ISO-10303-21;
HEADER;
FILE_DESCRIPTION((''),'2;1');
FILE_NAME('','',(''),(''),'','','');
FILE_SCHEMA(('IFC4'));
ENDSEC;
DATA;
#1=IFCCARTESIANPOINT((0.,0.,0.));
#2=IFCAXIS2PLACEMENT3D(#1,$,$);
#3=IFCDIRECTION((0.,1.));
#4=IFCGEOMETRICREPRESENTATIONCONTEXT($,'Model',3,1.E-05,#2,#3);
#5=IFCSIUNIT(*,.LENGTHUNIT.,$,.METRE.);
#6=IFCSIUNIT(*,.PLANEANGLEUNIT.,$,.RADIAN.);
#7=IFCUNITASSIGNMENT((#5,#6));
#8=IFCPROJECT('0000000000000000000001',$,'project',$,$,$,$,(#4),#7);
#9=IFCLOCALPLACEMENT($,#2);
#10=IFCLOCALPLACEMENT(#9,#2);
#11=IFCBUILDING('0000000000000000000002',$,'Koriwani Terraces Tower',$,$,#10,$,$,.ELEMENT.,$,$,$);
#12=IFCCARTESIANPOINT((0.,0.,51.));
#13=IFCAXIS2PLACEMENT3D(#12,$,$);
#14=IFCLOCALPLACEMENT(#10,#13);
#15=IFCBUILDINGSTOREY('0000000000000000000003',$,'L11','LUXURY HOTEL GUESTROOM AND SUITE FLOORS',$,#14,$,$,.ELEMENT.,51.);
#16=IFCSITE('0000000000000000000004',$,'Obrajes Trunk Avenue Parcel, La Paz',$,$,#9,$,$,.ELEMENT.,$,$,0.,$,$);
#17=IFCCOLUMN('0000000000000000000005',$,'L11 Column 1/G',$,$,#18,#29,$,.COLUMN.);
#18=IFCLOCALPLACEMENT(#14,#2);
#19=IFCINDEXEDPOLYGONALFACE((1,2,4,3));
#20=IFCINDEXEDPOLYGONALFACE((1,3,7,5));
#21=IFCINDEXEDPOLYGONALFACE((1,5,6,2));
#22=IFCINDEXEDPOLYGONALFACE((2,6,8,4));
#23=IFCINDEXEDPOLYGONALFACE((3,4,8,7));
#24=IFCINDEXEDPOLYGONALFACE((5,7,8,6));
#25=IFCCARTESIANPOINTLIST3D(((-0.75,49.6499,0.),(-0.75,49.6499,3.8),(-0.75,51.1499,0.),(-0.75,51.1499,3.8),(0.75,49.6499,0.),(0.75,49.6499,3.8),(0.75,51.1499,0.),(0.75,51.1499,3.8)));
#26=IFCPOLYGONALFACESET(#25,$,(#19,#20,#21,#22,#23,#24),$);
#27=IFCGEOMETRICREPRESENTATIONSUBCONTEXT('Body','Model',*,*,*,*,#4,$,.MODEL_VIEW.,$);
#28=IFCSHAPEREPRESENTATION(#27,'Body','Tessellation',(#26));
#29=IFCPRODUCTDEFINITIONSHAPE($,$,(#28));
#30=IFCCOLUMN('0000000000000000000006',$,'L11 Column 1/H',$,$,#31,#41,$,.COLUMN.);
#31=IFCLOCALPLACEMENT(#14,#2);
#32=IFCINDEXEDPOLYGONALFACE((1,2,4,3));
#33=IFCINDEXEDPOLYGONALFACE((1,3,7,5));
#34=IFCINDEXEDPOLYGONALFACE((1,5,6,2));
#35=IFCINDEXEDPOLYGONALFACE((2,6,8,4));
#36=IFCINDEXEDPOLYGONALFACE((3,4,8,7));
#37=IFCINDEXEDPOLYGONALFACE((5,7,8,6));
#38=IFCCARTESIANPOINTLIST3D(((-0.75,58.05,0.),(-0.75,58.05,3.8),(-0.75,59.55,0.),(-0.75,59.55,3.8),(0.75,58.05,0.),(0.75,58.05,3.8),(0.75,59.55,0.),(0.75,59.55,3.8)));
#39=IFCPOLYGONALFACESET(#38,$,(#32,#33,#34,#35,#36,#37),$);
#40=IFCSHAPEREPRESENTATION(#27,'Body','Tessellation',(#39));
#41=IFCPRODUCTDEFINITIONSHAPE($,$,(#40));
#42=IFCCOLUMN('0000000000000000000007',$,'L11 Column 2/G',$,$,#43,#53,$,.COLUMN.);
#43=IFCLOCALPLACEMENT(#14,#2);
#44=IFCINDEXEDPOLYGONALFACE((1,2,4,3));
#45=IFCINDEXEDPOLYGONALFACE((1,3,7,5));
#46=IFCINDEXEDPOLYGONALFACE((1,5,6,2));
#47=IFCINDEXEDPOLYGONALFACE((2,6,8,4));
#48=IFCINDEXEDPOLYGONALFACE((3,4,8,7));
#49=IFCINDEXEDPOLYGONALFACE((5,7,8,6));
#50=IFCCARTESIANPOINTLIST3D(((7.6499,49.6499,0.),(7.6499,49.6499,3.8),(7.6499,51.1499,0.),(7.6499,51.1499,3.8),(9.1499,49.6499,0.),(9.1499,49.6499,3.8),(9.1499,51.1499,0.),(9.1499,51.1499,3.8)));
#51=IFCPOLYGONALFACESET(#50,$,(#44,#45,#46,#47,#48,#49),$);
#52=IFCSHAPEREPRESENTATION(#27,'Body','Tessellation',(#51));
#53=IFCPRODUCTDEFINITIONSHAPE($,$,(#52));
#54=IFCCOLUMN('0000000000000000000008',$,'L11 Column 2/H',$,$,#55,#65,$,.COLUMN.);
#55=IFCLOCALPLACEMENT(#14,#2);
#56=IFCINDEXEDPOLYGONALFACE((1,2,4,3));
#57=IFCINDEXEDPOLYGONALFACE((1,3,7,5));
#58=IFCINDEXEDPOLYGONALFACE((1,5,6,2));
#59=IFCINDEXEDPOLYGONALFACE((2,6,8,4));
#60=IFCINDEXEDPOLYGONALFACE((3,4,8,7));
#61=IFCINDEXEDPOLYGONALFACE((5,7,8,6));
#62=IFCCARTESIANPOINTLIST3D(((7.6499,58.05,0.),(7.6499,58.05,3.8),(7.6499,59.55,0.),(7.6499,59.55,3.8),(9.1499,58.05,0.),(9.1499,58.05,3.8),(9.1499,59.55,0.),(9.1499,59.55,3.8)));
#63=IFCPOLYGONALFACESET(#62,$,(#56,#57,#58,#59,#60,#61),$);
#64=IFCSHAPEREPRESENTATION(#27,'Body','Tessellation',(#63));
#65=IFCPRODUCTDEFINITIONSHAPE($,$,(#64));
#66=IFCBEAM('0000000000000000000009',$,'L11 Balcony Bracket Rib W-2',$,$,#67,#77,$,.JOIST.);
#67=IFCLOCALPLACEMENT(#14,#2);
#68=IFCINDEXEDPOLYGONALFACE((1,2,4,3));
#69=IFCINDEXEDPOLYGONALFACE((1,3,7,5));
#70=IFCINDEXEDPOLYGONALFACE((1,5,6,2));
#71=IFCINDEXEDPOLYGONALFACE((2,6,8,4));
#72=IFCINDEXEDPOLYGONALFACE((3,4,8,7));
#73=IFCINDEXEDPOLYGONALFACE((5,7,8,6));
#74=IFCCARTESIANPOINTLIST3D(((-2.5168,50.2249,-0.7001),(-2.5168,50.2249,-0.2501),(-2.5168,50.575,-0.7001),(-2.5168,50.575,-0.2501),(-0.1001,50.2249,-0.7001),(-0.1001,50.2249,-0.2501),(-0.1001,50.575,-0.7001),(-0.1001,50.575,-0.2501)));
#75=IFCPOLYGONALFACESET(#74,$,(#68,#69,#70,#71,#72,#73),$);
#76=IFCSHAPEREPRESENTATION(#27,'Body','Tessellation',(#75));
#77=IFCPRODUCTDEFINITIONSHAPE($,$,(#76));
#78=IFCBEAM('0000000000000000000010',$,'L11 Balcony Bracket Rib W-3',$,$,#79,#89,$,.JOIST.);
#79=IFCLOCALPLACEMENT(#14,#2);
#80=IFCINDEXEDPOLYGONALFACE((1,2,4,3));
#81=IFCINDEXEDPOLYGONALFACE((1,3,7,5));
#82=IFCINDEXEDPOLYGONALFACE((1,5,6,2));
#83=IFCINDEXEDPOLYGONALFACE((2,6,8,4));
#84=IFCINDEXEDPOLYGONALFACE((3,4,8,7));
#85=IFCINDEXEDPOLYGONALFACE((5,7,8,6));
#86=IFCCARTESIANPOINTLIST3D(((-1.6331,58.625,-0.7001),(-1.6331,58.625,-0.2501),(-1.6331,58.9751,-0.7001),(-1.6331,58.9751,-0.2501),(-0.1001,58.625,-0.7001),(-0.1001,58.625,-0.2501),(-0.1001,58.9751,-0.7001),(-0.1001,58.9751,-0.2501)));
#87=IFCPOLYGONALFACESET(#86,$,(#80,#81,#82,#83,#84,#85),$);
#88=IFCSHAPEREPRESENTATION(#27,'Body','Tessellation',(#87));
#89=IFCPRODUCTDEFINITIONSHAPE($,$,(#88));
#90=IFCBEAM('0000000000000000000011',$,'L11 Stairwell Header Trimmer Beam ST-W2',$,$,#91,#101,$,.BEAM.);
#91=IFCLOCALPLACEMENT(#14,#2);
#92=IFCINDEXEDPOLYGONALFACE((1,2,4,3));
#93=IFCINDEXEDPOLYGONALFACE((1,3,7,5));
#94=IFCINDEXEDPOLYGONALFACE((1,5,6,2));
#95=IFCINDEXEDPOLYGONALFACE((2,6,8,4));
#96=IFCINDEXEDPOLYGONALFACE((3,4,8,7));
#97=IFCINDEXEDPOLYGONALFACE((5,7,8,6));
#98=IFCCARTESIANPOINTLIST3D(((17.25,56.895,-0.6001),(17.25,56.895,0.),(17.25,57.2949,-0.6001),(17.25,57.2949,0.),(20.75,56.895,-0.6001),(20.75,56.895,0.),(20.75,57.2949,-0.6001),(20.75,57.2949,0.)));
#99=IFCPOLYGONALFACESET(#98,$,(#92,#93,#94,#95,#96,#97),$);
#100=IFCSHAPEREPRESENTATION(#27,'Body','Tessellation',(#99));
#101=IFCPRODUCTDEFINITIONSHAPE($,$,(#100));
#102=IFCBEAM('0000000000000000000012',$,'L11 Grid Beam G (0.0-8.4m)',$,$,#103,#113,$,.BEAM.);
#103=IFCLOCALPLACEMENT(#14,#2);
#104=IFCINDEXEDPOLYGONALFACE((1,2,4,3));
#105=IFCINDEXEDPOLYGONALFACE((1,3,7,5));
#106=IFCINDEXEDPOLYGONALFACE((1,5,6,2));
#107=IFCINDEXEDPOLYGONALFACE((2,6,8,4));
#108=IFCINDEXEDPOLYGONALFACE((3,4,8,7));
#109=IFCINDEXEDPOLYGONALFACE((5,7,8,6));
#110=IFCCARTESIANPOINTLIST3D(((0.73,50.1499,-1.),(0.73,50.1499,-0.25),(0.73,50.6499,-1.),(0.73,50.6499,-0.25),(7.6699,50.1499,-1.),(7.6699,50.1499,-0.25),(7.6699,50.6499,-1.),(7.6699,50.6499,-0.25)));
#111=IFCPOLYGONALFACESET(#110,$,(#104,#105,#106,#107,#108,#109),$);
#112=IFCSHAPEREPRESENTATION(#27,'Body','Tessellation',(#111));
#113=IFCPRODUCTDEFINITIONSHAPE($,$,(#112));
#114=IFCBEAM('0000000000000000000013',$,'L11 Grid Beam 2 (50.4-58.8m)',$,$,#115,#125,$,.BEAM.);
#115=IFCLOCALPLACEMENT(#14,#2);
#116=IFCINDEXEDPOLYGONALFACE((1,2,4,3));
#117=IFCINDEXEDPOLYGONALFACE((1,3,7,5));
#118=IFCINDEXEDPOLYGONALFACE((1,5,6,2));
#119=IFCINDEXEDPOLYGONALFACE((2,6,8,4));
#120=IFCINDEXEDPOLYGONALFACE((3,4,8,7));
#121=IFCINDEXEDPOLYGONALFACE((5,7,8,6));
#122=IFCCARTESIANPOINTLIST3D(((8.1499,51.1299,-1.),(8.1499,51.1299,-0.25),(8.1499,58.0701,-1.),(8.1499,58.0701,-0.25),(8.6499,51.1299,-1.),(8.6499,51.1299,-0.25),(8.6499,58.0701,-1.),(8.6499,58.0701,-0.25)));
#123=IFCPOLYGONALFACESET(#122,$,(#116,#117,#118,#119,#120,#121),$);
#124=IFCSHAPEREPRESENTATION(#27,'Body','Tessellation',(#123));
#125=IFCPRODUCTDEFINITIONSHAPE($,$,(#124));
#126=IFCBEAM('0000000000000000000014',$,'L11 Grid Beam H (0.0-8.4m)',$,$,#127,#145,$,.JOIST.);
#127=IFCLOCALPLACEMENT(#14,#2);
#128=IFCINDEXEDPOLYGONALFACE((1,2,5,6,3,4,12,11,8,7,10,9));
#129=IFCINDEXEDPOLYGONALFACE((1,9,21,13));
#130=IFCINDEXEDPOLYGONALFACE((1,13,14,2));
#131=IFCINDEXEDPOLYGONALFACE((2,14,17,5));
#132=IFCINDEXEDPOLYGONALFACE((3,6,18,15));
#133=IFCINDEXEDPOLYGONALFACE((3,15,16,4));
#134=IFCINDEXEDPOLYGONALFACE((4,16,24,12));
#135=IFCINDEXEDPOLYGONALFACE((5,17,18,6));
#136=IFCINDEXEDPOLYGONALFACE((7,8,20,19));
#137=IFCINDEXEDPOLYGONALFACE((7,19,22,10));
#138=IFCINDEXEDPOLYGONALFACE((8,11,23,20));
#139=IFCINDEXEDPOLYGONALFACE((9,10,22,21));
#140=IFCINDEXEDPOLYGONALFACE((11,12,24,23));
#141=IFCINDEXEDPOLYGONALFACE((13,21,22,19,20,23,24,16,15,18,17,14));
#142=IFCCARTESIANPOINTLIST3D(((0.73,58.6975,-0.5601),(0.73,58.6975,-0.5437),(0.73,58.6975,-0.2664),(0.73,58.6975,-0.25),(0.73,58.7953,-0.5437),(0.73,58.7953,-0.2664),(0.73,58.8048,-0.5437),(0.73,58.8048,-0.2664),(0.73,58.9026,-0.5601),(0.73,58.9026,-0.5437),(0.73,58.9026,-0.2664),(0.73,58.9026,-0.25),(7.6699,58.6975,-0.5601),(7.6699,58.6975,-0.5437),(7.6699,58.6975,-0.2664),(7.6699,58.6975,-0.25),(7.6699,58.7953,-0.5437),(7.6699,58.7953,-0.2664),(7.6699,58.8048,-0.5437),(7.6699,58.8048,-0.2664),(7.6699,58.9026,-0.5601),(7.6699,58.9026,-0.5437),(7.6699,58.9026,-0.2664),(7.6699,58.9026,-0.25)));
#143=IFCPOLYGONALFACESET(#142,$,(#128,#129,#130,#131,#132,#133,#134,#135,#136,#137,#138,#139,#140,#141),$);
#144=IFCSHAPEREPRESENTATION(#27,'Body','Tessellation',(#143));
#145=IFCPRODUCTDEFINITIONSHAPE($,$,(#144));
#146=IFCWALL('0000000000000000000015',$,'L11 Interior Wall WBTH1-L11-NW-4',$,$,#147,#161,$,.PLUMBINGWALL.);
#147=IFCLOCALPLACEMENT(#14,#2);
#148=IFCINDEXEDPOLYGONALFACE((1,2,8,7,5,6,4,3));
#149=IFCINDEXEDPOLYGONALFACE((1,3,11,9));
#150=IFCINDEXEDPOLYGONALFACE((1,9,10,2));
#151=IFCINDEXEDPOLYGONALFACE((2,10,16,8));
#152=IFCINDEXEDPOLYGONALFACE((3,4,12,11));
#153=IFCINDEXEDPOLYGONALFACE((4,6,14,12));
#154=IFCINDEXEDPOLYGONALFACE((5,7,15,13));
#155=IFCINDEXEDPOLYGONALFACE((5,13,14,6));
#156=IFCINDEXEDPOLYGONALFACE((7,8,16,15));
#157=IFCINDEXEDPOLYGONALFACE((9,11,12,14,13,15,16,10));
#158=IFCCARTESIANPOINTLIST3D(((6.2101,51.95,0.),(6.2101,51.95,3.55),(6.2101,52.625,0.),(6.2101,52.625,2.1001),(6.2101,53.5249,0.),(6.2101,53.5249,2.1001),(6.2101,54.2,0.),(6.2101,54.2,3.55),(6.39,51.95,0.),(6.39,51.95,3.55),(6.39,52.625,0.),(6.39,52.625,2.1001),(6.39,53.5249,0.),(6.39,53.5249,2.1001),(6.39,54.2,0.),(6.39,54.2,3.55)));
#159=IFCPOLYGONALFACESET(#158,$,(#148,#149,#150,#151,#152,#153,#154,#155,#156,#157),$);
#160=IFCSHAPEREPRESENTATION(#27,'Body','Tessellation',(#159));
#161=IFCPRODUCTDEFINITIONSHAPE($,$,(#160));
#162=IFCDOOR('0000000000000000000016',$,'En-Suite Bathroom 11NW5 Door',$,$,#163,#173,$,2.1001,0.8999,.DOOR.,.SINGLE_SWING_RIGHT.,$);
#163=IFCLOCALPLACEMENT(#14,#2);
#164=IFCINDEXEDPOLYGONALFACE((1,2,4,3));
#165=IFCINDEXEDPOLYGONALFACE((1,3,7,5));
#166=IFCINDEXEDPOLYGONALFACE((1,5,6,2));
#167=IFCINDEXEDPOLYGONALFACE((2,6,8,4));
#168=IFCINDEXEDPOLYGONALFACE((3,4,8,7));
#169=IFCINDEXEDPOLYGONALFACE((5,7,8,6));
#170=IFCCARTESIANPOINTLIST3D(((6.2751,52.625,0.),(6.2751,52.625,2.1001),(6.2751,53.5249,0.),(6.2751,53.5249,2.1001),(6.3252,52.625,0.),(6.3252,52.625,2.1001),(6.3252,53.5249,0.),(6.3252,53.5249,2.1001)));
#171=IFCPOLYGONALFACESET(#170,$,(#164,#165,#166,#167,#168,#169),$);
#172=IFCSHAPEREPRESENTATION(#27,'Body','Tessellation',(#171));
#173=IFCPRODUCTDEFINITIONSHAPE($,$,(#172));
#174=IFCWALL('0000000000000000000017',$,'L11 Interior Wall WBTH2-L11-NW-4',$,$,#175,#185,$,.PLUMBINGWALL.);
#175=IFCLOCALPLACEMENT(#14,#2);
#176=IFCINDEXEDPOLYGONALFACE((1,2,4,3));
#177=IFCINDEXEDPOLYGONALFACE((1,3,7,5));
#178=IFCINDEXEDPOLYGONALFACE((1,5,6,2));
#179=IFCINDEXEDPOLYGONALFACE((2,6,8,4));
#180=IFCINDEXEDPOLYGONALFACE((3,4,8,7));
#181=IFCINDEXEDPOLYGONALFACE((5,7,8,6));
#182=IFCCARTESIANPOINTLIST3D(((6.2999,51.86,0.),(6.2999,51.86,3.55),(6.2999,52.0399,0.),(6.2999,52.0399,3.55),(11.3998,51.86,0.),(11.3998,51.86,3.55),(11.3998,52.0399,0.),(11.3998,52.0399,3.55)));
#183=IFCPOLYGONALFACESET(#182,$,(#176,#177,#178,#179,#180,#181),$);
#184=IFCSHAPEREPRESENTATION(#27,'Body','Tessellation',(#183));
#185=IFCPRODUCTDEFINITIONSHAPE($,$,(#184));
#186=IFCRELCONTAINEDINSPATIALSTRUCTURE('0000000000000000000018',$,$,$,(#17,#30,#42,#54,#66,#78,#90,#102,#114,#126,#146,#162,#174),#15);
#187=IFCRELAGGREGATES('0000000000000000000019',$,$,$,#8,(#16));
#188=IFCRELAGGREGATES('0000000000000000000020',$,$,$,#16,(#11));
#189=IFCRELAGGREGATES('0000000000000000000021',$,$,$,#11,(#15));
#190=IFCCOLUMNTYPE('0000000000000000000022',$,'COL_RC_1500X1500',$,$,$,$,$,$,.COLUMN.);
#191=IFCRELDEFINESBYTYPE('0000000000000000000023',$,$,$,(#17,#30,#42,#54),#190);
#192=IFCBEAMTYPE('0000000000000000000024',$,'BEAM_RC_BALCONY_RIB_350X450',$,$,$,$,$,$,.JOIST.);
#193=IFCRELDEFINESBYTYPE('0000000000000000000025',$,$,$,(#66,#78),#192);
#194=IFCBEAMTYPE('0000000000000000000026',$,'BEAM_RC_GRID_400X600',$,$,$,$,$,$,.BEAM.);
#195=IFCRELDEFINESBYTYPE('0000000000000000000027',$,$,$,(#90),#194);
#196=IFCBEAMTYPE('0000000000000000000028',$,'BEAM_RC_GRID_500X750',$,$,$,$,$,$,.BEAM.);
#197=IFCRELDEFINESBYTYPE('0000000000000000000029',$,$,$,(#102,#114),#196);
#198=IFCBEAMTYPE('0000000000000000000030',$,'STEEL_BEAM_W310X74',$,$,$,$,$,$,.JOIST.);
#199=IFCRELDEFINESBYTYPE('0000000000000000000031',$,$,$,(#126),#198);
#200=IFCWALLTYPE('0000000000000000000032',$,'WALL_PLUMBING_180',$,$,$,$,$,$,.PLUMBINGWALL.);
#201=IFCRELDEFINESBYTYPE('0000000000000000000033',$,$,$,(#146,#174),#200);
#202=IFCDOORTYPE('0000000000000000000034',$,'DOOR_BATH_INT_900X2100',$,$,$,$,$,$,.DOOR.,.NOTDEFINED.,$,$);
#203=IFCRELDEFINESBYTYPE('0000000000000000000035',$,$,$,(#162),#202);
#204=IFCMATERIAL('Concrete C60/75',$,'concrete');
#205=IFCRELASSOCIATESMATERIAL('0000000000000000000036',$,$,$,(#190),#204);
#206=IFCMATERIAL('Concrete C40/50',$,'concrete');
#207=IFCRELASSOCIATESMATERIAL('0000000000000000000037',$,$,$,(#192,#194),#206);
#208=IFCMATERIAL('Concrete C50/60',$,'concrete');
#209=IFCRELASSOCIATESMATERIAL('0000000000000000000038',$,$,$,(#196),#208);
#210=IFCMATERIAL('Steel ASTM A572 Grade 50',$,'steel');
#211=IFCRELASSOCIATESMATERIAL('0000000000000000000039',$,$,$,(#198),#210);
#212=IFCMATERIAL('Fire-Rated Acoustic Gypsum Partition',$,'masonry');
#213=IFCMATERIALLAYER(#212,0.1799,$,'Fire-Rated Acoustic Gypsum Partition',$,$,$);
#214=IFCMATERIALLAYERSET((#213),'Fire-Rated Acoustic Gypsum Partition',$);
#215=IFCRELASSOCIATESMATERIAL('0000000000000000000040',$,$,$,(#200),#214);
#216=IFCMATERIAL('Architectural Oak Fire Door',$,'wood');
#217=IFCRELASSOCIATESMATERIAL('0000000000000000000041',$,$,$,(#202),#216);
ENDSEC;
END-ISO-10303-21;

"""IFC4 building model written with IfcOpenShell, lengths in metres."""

from ifc_helpers import new_model, si_unit, direction, frame, frame_2d, origin, origin_2d, place, context, subcontext, project, spatial, rectangle, i_section, extrude, material, layer, layer_set, material_profile, profile_set, type_object, element, fill, save


model = new_model("IFC4")

# Units and contexts
model_context = context("Model", 3, precision=1e-05, world=origin(), true_north=direction((0.0, 1.0)))
body_context = subcontext(model_context, "Body", "Model", "MODEL_VIEW")
ifc_project = project(units=[si_unit("LENGTHUNIT", "METRE"), si_unit("PLANEANGLEUNIT", "RADIAN")], contexts=[model_context])

# Site, building, storey
site_placement = place(None, origin())
site = spatial("IfcSite", under=ifc_project, at=site_placement, Name="Obrajes Trunk Avenue Parcel, La Paz", CompositionType="ELEMENT", RefElevation=0.0)
building_placement = place(site_placement, origin())
building = spatial("IfcBuilding", under=site, at=building_placement, Name="Koriwani Terraces Tower", CompositionType="ELEMENT")
storey_placement = place(building_placement, frame((0.0, 0.0, 51.0)))
storey = spatial("IfcBuildingStorey", under=building, at=storey_placement, Name="L11", Description="LUXURY HOTEL GUESTROOM AND SUITE FLOORS", CompositionType="ELEMENT", Elevation=51.0)

# Columns
ifc_material_1 = material(Name="Concrete C60/75", Category="concrete")
ifc_material_profile_1 = material_profile(ifc_material_1, rectangle(XDim=1.5, YDim=1.5, at=origin_2d()), Name="Concrete C60/75", Category="LoadBearing")
ifc_profile_set_1 = profile_set([ifc_material_profile_1], Name="Concrete C60/75")
column_type = type_object("IfcColumnType", Name="COL_RC_1500X1500", PredefinedType="COLUMN", material=ifc_profile_set_1)
for number, where, z_axis, x_axis, name in (
    (1, (0.0, 50.3999, 0.0), (0.0, 0.0, 1.0), (1.0, 0.0, 0.0), "L11 Column 1/G"),
    (2, (0.0, 58.8, 0.0), (0.0, 0.0, 1.0), (1.0, 0.0, 0.0), "L11 Column 1/H"),
    (3, (8.3999, 50.3999, 0.0), (0.0, 0.0, 1.0), (1.0, 0.0, 0.0), "L11 Column 2/G"),
    (4, (8.3999, 58.8, 0.0), (0.0, 0.0, 1.0), (1.0, 0.0, 0.0), "L11 Column 2/H"),
):
    element("IfcColumn", number, at=place(storey_placement, frame(where, z_axis=z_axis, x_axis=x_axis)), inside=storey, type_object=column_type, Name=name, PredefinedType="COLUMN", context=body_context, shape_type="SweptSolid", body=[
        extrude(rectangle(XDim=1.5, YDim=1.5, at=origin_2d()), origin(), (0.0, 0.0, 1.0), 3.8),
    ])

# Beams
ifc_material_2 = material(Name="Concrete C40/50", Category="concrete")
ifc_material_profile_2 = material_profile(ifc_material_2, rectangle(XDim=0.3501, YDim=0.45, at=origin_2d()), Name="Concrete C40/50", Category="LoadBearing")
ifc_profile_set_2 = profile_set([ifc_material_profile_2], Name="Concrete C40/50")
beam_type_1 = type_object("IfcBeamType", Name="BEAM_RC_BALCONY_RIB_350X450", PredefinedType="JOIST", material=ifc_profile_set_2)
beam_1_placement = place(storey_placement, frame((-2.5168, 50.3999, -0.4751), z_axis=(1.0, 0.0, 0.0), x_axis=(0.0, 1.0, 0.0)))
element("IfcBeam", 5, at=beam_1_placement, inside=storey, type_object=beam_type_1, Name="L11 Balcony Bracket Rib W-2", PredefinedType="JOIST", context=body_context, shape_type="SweptSolid", body=[
    extrude(rectangle(XDim=0.3501, YDim=0.45, at=origin_2d()), origin(), (0.0, 0.0, 1.0), 2.4167),
])
beam_2_placement = place(storey_placement, frame((-1.6331, 58.8, -0.4751), z_axis=(1.0, 0.0, 0.0), x_axis=(0.0, 1.0, 0.0)))
element("IfcBeam", 6, at=beam_2_placement, inside=storey, type_object=beam_type_1, Name="L11 Balcony Bracket Rib W-3", PredefinedType="JOIST", context=body_context, shape_type="SweptSolid", body=[
    extrude(rectangle(XDim=0.3501, YDim=0.45, at=origin_2d()), origin(), (0.0, 0.0, 1.0), 1.533),
])
ifc_material_profile_3 = material_profile(ifc_material_2, rectangle(XDim=0.3999, YDim=0.6001, at=origin_2d()), Name="Concrete C40/50", Category="LoadBearing")
ifc_profile_set_3 = profile_set([ifc_material_profile_3], Name="Concrete C40/50")
beam_type_2 = type_object("IfcBeamType", Name="BEAM_RC_GRID_400X600", PredefinedType="BEAM", material=ifc_profile_set_3)
beam_3_placement = place(storey_placement, frame((17.25, 57.095, -0.3), z_axis=(1.0, 0.0, 0.0), x_axis=(0.0, 1.0, 0.0)))
element("IfcBeam", 7, at=beam_3_placement, inside=storey, type_object=beam_type_2, Name="L11 Stairwell Header Trimmer Beam ST-W2", PredefinedType="BEAM", context=body_context, shape_type="SweptSolid", body=[
    extrude(rectangle(XDim=0.3999, YDim=0.6001, at=origin_2d()), origin(), (0.0, 0.0, 1.0), 3.5),
])
ifc_material_3 = material(Name="Concrete C50/60", Category="concrete")
ifc_material_profile_4 = material_profile(ifc_material_3, rectangle(XDim=0.5, YDim=0.75, at=origin_2d()), Name="Concrete C50/60", Category="LoadBearing")
ifc_profile_set_4 = profile_set([ifc_material_profile_4], Name="Concrete C50/60")
beam_type_3 = type_object("IfcBeamType", Name="BEAM_RC_GRID_500X750", PredefinedType="BEAM", material=ifc_profile_set_4)
beam_4_placement = place(storey_placement, frame((0.73, 50.3999, -0.625), z_axis=(1.0, 0.0, 0.0), x_axis=(0.0, 1.0, 0.0)))
element("IfcBeam", 8, at=beam_4_placement, inside=storey, type_object=beam_type_3, Name="L11 Grid Beam G (0.0-8.4m)", PredefinedType="BEAM", context=body_context, shape_type="SweptSolid", body=[
    extrude(rectangle(XDim=0.5, YDim=0.75, at=origin_2d()), origin(), (0.0, 0.0, 1.0), 6.9399),
])
beam_5_placement = place(storey_placement, frame((8.3999, 51.1299, -0.625), z_axis=(0.0, 1.0, 0.0), x_axis=(-1.0, 0.0, 0.0)))
element("IfcBeam", 9, at=beam_5_placement, inside=storey, type_object=beam_type_3, Name="L11 Grid Beam 2 (50.4-58.8m)", PredefinedType="BEAM", context=body_context, shape_type="SweptSolid", body=[
    extrude(rectangle(XDim=0.5, YDim=0.75, at=origin_2d()), origin(), (0.0, 0.0, 1.0), 6.9402),
])
ifc_material_4 = material(Name="Steel ASTM A572 Grade 50", Category="steel")
ifc_material_profile_5 = material_profile(ifc_material_4, i_section(OverallWidth=0.2051, OverallDepth=0.3101, WebThickness=0.0095, FlangeThickness=0.0164, at=origin_2d()), Name="Steel ASTM A572 Grade 50", Category="LoadBearing")
ifc_profile_set_5 = profile_set([ifc_material_profile_5], Name="Steel ASTM A572 Grade 50")
beam_type_4 = type_object("IfcBeamType", Name="STEEL_BEAM_W310X74", PredefinedType="JOIST", material=ifc_profile_set_5)
beam_6_placement = place(storey_placement, frame((0.73, 58.8, -0.405), z_axis=(1.0, 0.0, 0.0), x_axis=(0.0, 1.0, 0.0)))
element("IfcBeam", 10, at=beam_6_placement, inside=storey, type_object=beam_type_4, Name="L11 Grid Beam H (0.0-8.4m)", PredefinedType="JOIST", context=body_context, shape_type="SweptSolid", body=[
    extrude(i_section(OverallWidth=0.2051, OverallDepth=0.3101, WebThickness=0.0095, FlangeThickness=0.0164, at=origin_2d()), origin(), (0.0, 0.0, 1.0), 6.9399),
])

# Wall, opening, door
ifc_material_5 = material(Name="Fire-Rated Acoustic Gypsum Partition", Category="masonry")
ifc_layer_1 = layer(ifc_material_5, 0.1799, Name="Fire-Rated Acoustic Gypsum Partition")
ifc_layer_set_1 = layer_set([ifc_layer_1], Name="Fire-Rated Acoustic Gypsum Partition")
wall_type_1 = type_object("IfcWallType", Name="WALL_PLUMBING_180", PredefinedType="PLUMBINGWALL", material=ifc_layer_set_1)
wall_1_placement = place(storey_placement, frame((6.3, 51.95, 0.0), z_axis=(0.0, 0.0, 1.0), x_axis=(0.0, 1.0, 0.0)))
wall_1 = element("IfcWall", 11, at=wall_1_placement, inside=storey, type_object=wall_type_1, Name="L11 Interior Wall WBTH1-L11-NW-4", PredefinedType="PLUMBINGWALL", context=body_context, shape_type="SweptSolid", body=[
    extrude(rectangle(XDim=2.25, YDim=0.1799, at=frame_2d((1.125, 0.0))), origin(), (0.0, 0.0, 1.0), 3.55),
])
opening_1_placement = place(wall_1_placement, frame((0.675, 0.0, 0.0)))
opening_1 = element("IfcOpeningElement", 12, at=opening_1_placement, cuts=wall_1, PredefinedType="OPENING", context=body_context, shape_type="SweptSolid", body=[
    extrude(rectangle(XDim=0.8999, YDim=2.1001, at=frame_2d((0.45, 1.05))), frame((0.0, 0.1001, 0.0), z_axis=(0.0, -1.0, 0.0), x_axis=(1.0, 0.0, 0.0)), (0.0, 0.0, 1.0), 0.2),
])
ifc_material_6 = material(Name="Architectural Oak Fire Door", Category="wood")
door_type_1 = type_object("IfcDoorType", Name="DOOR_BATH_INT_900X2100", OperationType="NOTDEFINED", PredefinedType="DOOR", material=ifc_material_6)
door_1_placement = place(opening_1_placement, origin())
door_1 = element("IfcDoor", 13, at=door_1_placement, inside=storey, type_object=door_type_1, Name="En-Suite Bathroom 11NW5 Door", OperationType="SINGLE_SWING_RIGHT", OverallHeight=2.1001, OverallWidth=0.8999, PredefinedType="DOOR", context=body_context, shape_type="SweptSolid", body=[
    extrude(rectangle(XDim=0.8999, YDim=2.1001, at=frame_2d((0.45, 1.05))), frame((0.0, 0.0249, 0.0), z_axis=(0.0, -1.0, 0.0), x_axis=(1.0, 0.0, 0.0)), (0.0, 0.0, 1.0), 0.05),
])
fill(opening_1, door_1)

# Wall
wall_2_placement = place(storey_placement, frame((6.3, 51.95, 0.0), z_axis=(0.0, 0.0, 1.0), x_axis=(1.0, 0.0, 0.0)))
element("IfcWall", 14, at=wall_2_placement, inside=storey, type_object=wall_type_1, Name="L11 Interior Wall WBTH2-L11-NW-4", PredefinedType="PLUMBINGWALL", context=body_context, shape_type="SweptSolid", body=[
    extrude(rectangle(XDim=5.0999, YDim=0.1799, at=frame_2d((2.5498, 0.0))), origin(), (0.0, 0.0, 1.0), 3.55),
])

save(model, "model.ifc")
